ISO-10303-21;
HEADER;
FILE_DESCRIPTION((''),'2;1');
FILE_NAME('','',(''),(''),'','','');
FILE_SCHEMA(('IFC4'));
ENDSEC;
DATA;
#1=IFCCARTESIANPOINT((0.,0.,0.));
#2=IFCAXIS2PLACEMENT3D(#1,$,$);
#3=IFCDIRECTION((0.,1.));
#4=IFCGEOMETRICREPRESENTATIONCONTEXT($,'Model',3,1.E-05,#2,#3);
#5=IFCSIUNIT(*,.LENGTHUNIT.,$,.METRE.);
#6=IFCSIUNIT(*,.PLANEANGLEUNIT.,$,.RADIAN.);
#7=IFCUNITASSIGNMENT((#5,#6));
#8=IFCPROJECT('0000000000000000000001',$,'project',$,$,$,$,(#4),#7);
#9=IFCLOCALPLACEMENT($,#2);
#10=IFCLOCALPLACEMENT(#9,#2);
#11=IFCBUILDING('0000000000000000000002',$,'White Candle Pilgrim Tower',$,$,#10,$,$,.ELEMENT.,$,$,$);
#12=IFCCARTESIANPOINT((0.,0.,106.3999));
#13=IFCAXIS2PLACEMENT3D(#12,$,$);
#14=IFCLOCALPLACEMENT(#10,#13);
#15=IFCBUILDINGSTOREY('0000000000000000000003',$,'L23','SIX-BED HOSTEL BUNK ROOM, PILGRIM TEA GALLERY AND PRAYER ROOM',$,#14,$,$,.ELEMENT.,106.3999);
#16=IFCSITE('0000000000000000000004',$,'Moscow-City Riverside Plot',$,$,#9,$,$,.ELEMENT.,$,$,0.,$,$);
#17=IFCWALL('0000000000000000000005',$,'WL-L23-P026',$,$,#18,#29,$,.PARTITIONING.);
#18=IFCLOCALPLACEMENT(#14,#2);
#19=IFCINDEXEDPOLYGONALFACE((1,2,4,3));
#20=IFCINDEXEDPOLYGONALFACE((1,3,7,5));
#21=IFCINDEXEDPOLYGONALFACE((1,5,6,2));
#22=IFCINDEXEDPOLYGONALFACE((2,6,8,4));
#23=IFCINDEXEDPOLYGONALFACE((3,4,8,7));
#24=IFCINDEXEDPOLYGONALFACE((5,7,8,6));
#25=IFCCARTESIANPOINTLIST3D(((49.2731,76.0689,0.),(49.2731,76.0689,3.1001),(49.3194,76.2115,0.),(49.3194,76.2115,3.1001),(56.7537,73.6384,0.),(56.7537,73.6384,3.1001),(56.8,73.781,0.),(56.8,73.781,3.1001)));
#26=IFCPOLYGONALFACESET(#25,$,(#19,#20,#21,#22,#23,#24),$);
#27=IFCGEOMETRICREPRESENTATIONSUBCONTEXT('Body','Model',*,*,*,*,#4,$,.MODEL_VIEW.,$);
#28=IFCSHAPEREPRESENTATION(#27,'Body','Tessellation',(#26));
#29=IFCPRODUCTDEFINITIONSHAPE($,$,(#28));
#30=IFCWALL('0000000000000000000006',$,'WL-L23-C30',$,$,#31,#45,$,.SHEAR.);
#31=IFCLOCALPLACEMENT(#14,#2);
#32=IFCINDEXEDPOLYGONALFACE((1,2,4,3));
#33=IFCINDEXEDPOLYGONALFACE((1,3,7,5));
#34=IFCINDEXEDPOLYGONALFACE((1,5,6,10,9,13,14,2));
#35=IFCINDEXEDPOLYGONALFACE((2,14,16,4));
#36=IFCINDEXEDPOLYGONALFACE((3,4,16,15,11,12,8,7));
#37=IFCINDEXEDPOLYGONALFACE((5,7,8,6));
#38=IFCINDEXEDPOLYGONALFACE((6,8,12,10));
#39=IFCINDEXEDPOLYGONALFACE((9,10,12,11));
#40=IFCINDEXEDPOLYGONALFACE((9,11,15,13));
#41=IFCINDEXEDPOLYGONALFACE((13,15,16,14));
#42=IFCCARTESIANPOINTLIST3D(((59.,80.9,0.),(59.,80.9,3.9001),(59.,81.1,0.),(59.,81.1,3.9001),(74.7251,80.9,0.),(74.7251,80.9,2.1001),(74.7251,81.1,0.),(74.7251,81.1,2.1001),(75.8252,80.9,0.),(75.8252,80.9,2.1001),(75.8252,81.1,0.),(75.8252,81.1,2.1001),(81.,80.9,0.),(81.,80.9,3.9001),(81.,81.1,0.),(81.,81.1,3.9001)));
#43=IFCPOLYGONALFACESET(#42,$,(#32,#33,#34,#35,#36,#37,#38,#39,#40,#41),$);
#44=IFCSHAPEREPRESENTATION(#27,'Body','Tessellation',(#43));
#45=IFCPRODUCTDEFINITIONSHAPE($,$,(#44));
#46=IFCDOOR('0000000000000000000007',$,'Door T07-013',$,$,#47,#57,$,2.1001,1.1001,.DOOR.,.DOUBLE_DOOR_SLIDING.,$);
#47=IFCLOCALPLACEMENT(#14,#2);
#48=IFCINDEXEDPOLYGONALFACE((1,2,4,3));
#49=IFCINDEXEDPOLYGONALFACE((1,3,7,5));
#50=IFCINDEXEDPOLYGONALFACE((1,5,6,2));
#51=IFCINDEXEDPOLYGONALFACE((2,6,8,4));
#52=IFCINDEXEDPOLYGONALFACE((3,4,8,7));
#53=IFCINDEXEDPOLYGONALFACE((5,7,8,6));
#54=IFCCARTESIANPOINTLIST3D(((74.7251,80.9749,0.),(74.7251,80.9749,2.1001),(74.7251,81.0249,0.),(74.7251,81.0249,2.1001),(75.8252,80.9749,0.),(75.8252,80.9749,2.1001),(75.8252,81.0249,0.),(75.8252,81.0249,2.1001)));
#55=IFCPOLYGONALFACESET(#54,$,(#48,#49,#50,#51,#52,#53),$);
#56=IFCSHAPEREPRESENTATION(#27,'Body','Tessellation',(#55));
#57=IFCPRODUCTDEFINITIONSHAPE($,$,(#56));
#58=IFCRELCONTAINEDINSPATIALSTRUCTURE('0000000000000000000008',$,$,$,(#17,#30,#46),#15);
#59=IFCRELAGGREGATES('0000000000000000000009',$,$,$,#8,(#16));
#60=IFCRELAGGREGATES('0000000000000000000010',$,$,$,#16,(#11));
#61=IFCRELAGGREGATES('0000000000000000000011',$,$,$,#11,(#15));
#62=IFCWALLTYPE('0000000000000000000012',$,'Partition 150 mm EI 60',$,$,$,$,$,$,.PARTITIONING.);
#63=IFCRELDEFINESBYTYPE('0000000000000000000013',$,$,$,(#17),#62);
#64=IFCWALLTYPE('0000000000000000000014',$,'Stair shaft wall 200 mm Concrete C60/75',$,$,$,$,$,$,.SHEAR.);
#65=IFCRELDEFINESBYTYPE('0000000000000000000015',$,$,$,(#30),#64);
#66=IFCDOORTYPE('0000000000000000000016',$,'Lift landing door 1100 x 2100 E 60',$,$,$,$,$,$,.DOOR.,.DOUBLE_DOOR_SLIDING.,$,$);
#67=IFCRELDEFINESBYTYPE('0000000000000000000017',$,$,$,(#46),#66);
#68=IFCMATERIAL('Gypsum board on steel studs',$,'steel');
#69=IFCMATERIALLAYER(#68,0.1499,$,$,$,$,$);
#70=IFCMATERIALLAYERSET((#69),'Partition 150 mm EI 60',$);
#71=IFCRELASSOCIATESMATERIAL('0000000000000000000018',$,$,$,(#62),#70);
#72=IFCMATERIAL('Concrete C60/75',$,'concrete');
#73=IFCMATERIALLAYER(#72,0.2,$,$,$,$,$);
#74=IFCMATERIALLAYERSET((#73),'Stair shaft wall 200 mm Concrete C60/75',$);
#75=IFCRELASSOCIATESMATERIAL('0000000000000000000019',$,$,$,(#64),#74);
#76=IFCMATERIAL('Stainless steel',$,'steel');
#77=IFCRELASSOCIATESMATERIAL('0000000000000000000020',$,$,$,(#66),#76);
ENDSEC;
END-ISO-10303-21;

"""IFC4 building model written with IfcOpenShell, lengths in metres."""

from ifc_helpers import new_model, si_unit, direction, frame, frame_2d, origin, place, context, subcontext, project, spatial, rectangle, extrude, material, layer, layer_set, type_object, element, fill, save


model = new_model("IFC4")

# Units and contexts
model_context = context("Model", 3, precision=1e-05, world=origin(), true_north=direction((0.0, 1.0)))
body_context = subcontext(model_context, "Body", "Model", "MODEL_VIEW")
ifc_project = project(units=[si_unit("LENGTHUNIT", "METRE"), si_unit("PLANEANGLEUNIT", "RADIAN")], contexts=[model_context])

# Site, building, storey
site_placement = place(None, origin())
site = spatial("IfcSite", under=ifc_project, at=site_placement, Name="Moscow-City Riverside Plot", CompositionType="ELEMENT", RefElevation=0.0)
building_placement = place(site_placement, origin())
building = spatial("IfcBuilding", under=site, at=building_placement, Name="White Candle Pilgrim Tower", CompositionType="ELEMENT")
storey_placement = place(building_placement, frame((0.0, 0.0, 106.3999)))
storey = spatial("IfcBuildingStorey", under=building, at=storey_placement, Name="L23", Description="SIX-BED HOSTEL BUNK ROOM, PILGRIM TEA GALLERY AND PRAYER ROOM", CompositionType="ELEMENT", Elevation=106.3999)

# Shared definitions
ifc_material_1 = material(Name="Concrete C60/75", Category="concrete")

# Shared definitions
ifc_material_2 = material(Name="Stainless steel", Category="steel")

# Wall
ifc_material_3 = material(Name="Gypsum board on steel studs", Category="steel")
ifc_layer_1 = layer(ifc_material_3, 0.1499)
ifc_layer_set_1 = layer_set([ifc_layer_1], Name="Partition 150 mm EI 60")
wall_type_1 = type_object("IfcWallType", Name="Partition 150 mm EI 60", PredefinedType="PARTITIONING", material=ifc_layer_set_1)
wall_1_placement = place(storey_placement, frame((49.2964, 76.1401, 0.0), z_axis=(0.0, 0.0, 1.0), x_axis=(0.951061, -0.309002, 0.0)))
element("IfcWall", 1, at=wall_1_placement, inside=storey, type_object=wall_type_1, Name="WL-L23-P026", PredefinedType="PARTITIONING", context=body_context, shape_type="SweptSolid", body=[
    extrude(rectangle(XDim=7.8655, YDim=0.1499, at=frame_2d((3.9326, 0.0))), origin(), (0.0, 0.0, 1.0), 3.1001),
])

# Wall, opening, door
ifc_layer_2 = layer(ifc_material_1, 0.2)
ifc_layer_set_2 = layer_set([ifc_layer_2], Name="Stair shaft wall 200 mm Concrete C60/75")
wall_type_2 = type_object("IfcWallType", Name="Stair shaft wall 200 mm Concrete C60/75", PredefinedType="SHEAR", material=ifc_layer_set_2)
wall_2_placement = place(storey_placement, frame((59.0, 81.0, 0.0), z_axis=(0.0, 0.0, 1.0), x_axis=(1.0, 0.0, 0.0)))
wall_2 = element("IfcWall", 2, at=wall_2_placement, inside=storey, type_object=wall_type_2, Name="WL-L23-C30", PredefinedType="SHEAR", context=body_context, shape_type="SweptSolid", body=[
    extrude(rectangle(XDim=22.0, YDim=0.2, at=frame_2d((11.0, 0.0))), origin(), (0.0, 0.0, 1.0), 3.9001),
])
opening_1_placement = place(wall_2_placement, frame((15.7251, 0.0, 0.0)))
opening_1 = element("IfcOpeningElement", 3, at=opening_1_placement, cuts=wall_2, PredefinedType="OPENING", context=body_context, shape_type="SweptSolid", body=[
    extrude(rectangle(XDim=1.1001, YDim=2.1001, at=frame_2d((0.55, 1.05))), frame((0.0, 0.1099, 0.0), z_axis=(0.0, -1.0, 0.0), x_axis=(1.0, 0.0, 0.0)), (0.0, 0.0, 1.0), 0.22),
])
door_type_1 = type_object("IfcDoorType", Name="Lift landing door 1100 x 2100 E 60", OperationType="DOUBLE_DOOR_SLIDING", PredefinedType="DOOR", material=ifc_material_2)
door_1_placement = place(opening_1_placement, origin())
door_1 = element("IfcDoor", 4, at=door_1_placement, inside=storey, type_object=door_type_1, Name="Door T07-013", OperationType="DOUBLE_DOOR_SLIDING", OverallHeight=2.1001, OverallWidth=1.1001, PredefinedType="DOOR", context=body_context, shape_type="SweptSolid", body=[
    extrude(rectangle(XDim=1.1001, YDim=2.1001, at=frame_2d((0.55, 1.05))), frame((0.0, 0.0249, 0.0), z_axis=(0.0, -1.0, 0.0), x_axis=(1.0, 0.0, 0.0)), (0.0, 0.0, 1.0), 0.05),
])
fill(opening_1, door_1)

save(model, "model.ifc")
